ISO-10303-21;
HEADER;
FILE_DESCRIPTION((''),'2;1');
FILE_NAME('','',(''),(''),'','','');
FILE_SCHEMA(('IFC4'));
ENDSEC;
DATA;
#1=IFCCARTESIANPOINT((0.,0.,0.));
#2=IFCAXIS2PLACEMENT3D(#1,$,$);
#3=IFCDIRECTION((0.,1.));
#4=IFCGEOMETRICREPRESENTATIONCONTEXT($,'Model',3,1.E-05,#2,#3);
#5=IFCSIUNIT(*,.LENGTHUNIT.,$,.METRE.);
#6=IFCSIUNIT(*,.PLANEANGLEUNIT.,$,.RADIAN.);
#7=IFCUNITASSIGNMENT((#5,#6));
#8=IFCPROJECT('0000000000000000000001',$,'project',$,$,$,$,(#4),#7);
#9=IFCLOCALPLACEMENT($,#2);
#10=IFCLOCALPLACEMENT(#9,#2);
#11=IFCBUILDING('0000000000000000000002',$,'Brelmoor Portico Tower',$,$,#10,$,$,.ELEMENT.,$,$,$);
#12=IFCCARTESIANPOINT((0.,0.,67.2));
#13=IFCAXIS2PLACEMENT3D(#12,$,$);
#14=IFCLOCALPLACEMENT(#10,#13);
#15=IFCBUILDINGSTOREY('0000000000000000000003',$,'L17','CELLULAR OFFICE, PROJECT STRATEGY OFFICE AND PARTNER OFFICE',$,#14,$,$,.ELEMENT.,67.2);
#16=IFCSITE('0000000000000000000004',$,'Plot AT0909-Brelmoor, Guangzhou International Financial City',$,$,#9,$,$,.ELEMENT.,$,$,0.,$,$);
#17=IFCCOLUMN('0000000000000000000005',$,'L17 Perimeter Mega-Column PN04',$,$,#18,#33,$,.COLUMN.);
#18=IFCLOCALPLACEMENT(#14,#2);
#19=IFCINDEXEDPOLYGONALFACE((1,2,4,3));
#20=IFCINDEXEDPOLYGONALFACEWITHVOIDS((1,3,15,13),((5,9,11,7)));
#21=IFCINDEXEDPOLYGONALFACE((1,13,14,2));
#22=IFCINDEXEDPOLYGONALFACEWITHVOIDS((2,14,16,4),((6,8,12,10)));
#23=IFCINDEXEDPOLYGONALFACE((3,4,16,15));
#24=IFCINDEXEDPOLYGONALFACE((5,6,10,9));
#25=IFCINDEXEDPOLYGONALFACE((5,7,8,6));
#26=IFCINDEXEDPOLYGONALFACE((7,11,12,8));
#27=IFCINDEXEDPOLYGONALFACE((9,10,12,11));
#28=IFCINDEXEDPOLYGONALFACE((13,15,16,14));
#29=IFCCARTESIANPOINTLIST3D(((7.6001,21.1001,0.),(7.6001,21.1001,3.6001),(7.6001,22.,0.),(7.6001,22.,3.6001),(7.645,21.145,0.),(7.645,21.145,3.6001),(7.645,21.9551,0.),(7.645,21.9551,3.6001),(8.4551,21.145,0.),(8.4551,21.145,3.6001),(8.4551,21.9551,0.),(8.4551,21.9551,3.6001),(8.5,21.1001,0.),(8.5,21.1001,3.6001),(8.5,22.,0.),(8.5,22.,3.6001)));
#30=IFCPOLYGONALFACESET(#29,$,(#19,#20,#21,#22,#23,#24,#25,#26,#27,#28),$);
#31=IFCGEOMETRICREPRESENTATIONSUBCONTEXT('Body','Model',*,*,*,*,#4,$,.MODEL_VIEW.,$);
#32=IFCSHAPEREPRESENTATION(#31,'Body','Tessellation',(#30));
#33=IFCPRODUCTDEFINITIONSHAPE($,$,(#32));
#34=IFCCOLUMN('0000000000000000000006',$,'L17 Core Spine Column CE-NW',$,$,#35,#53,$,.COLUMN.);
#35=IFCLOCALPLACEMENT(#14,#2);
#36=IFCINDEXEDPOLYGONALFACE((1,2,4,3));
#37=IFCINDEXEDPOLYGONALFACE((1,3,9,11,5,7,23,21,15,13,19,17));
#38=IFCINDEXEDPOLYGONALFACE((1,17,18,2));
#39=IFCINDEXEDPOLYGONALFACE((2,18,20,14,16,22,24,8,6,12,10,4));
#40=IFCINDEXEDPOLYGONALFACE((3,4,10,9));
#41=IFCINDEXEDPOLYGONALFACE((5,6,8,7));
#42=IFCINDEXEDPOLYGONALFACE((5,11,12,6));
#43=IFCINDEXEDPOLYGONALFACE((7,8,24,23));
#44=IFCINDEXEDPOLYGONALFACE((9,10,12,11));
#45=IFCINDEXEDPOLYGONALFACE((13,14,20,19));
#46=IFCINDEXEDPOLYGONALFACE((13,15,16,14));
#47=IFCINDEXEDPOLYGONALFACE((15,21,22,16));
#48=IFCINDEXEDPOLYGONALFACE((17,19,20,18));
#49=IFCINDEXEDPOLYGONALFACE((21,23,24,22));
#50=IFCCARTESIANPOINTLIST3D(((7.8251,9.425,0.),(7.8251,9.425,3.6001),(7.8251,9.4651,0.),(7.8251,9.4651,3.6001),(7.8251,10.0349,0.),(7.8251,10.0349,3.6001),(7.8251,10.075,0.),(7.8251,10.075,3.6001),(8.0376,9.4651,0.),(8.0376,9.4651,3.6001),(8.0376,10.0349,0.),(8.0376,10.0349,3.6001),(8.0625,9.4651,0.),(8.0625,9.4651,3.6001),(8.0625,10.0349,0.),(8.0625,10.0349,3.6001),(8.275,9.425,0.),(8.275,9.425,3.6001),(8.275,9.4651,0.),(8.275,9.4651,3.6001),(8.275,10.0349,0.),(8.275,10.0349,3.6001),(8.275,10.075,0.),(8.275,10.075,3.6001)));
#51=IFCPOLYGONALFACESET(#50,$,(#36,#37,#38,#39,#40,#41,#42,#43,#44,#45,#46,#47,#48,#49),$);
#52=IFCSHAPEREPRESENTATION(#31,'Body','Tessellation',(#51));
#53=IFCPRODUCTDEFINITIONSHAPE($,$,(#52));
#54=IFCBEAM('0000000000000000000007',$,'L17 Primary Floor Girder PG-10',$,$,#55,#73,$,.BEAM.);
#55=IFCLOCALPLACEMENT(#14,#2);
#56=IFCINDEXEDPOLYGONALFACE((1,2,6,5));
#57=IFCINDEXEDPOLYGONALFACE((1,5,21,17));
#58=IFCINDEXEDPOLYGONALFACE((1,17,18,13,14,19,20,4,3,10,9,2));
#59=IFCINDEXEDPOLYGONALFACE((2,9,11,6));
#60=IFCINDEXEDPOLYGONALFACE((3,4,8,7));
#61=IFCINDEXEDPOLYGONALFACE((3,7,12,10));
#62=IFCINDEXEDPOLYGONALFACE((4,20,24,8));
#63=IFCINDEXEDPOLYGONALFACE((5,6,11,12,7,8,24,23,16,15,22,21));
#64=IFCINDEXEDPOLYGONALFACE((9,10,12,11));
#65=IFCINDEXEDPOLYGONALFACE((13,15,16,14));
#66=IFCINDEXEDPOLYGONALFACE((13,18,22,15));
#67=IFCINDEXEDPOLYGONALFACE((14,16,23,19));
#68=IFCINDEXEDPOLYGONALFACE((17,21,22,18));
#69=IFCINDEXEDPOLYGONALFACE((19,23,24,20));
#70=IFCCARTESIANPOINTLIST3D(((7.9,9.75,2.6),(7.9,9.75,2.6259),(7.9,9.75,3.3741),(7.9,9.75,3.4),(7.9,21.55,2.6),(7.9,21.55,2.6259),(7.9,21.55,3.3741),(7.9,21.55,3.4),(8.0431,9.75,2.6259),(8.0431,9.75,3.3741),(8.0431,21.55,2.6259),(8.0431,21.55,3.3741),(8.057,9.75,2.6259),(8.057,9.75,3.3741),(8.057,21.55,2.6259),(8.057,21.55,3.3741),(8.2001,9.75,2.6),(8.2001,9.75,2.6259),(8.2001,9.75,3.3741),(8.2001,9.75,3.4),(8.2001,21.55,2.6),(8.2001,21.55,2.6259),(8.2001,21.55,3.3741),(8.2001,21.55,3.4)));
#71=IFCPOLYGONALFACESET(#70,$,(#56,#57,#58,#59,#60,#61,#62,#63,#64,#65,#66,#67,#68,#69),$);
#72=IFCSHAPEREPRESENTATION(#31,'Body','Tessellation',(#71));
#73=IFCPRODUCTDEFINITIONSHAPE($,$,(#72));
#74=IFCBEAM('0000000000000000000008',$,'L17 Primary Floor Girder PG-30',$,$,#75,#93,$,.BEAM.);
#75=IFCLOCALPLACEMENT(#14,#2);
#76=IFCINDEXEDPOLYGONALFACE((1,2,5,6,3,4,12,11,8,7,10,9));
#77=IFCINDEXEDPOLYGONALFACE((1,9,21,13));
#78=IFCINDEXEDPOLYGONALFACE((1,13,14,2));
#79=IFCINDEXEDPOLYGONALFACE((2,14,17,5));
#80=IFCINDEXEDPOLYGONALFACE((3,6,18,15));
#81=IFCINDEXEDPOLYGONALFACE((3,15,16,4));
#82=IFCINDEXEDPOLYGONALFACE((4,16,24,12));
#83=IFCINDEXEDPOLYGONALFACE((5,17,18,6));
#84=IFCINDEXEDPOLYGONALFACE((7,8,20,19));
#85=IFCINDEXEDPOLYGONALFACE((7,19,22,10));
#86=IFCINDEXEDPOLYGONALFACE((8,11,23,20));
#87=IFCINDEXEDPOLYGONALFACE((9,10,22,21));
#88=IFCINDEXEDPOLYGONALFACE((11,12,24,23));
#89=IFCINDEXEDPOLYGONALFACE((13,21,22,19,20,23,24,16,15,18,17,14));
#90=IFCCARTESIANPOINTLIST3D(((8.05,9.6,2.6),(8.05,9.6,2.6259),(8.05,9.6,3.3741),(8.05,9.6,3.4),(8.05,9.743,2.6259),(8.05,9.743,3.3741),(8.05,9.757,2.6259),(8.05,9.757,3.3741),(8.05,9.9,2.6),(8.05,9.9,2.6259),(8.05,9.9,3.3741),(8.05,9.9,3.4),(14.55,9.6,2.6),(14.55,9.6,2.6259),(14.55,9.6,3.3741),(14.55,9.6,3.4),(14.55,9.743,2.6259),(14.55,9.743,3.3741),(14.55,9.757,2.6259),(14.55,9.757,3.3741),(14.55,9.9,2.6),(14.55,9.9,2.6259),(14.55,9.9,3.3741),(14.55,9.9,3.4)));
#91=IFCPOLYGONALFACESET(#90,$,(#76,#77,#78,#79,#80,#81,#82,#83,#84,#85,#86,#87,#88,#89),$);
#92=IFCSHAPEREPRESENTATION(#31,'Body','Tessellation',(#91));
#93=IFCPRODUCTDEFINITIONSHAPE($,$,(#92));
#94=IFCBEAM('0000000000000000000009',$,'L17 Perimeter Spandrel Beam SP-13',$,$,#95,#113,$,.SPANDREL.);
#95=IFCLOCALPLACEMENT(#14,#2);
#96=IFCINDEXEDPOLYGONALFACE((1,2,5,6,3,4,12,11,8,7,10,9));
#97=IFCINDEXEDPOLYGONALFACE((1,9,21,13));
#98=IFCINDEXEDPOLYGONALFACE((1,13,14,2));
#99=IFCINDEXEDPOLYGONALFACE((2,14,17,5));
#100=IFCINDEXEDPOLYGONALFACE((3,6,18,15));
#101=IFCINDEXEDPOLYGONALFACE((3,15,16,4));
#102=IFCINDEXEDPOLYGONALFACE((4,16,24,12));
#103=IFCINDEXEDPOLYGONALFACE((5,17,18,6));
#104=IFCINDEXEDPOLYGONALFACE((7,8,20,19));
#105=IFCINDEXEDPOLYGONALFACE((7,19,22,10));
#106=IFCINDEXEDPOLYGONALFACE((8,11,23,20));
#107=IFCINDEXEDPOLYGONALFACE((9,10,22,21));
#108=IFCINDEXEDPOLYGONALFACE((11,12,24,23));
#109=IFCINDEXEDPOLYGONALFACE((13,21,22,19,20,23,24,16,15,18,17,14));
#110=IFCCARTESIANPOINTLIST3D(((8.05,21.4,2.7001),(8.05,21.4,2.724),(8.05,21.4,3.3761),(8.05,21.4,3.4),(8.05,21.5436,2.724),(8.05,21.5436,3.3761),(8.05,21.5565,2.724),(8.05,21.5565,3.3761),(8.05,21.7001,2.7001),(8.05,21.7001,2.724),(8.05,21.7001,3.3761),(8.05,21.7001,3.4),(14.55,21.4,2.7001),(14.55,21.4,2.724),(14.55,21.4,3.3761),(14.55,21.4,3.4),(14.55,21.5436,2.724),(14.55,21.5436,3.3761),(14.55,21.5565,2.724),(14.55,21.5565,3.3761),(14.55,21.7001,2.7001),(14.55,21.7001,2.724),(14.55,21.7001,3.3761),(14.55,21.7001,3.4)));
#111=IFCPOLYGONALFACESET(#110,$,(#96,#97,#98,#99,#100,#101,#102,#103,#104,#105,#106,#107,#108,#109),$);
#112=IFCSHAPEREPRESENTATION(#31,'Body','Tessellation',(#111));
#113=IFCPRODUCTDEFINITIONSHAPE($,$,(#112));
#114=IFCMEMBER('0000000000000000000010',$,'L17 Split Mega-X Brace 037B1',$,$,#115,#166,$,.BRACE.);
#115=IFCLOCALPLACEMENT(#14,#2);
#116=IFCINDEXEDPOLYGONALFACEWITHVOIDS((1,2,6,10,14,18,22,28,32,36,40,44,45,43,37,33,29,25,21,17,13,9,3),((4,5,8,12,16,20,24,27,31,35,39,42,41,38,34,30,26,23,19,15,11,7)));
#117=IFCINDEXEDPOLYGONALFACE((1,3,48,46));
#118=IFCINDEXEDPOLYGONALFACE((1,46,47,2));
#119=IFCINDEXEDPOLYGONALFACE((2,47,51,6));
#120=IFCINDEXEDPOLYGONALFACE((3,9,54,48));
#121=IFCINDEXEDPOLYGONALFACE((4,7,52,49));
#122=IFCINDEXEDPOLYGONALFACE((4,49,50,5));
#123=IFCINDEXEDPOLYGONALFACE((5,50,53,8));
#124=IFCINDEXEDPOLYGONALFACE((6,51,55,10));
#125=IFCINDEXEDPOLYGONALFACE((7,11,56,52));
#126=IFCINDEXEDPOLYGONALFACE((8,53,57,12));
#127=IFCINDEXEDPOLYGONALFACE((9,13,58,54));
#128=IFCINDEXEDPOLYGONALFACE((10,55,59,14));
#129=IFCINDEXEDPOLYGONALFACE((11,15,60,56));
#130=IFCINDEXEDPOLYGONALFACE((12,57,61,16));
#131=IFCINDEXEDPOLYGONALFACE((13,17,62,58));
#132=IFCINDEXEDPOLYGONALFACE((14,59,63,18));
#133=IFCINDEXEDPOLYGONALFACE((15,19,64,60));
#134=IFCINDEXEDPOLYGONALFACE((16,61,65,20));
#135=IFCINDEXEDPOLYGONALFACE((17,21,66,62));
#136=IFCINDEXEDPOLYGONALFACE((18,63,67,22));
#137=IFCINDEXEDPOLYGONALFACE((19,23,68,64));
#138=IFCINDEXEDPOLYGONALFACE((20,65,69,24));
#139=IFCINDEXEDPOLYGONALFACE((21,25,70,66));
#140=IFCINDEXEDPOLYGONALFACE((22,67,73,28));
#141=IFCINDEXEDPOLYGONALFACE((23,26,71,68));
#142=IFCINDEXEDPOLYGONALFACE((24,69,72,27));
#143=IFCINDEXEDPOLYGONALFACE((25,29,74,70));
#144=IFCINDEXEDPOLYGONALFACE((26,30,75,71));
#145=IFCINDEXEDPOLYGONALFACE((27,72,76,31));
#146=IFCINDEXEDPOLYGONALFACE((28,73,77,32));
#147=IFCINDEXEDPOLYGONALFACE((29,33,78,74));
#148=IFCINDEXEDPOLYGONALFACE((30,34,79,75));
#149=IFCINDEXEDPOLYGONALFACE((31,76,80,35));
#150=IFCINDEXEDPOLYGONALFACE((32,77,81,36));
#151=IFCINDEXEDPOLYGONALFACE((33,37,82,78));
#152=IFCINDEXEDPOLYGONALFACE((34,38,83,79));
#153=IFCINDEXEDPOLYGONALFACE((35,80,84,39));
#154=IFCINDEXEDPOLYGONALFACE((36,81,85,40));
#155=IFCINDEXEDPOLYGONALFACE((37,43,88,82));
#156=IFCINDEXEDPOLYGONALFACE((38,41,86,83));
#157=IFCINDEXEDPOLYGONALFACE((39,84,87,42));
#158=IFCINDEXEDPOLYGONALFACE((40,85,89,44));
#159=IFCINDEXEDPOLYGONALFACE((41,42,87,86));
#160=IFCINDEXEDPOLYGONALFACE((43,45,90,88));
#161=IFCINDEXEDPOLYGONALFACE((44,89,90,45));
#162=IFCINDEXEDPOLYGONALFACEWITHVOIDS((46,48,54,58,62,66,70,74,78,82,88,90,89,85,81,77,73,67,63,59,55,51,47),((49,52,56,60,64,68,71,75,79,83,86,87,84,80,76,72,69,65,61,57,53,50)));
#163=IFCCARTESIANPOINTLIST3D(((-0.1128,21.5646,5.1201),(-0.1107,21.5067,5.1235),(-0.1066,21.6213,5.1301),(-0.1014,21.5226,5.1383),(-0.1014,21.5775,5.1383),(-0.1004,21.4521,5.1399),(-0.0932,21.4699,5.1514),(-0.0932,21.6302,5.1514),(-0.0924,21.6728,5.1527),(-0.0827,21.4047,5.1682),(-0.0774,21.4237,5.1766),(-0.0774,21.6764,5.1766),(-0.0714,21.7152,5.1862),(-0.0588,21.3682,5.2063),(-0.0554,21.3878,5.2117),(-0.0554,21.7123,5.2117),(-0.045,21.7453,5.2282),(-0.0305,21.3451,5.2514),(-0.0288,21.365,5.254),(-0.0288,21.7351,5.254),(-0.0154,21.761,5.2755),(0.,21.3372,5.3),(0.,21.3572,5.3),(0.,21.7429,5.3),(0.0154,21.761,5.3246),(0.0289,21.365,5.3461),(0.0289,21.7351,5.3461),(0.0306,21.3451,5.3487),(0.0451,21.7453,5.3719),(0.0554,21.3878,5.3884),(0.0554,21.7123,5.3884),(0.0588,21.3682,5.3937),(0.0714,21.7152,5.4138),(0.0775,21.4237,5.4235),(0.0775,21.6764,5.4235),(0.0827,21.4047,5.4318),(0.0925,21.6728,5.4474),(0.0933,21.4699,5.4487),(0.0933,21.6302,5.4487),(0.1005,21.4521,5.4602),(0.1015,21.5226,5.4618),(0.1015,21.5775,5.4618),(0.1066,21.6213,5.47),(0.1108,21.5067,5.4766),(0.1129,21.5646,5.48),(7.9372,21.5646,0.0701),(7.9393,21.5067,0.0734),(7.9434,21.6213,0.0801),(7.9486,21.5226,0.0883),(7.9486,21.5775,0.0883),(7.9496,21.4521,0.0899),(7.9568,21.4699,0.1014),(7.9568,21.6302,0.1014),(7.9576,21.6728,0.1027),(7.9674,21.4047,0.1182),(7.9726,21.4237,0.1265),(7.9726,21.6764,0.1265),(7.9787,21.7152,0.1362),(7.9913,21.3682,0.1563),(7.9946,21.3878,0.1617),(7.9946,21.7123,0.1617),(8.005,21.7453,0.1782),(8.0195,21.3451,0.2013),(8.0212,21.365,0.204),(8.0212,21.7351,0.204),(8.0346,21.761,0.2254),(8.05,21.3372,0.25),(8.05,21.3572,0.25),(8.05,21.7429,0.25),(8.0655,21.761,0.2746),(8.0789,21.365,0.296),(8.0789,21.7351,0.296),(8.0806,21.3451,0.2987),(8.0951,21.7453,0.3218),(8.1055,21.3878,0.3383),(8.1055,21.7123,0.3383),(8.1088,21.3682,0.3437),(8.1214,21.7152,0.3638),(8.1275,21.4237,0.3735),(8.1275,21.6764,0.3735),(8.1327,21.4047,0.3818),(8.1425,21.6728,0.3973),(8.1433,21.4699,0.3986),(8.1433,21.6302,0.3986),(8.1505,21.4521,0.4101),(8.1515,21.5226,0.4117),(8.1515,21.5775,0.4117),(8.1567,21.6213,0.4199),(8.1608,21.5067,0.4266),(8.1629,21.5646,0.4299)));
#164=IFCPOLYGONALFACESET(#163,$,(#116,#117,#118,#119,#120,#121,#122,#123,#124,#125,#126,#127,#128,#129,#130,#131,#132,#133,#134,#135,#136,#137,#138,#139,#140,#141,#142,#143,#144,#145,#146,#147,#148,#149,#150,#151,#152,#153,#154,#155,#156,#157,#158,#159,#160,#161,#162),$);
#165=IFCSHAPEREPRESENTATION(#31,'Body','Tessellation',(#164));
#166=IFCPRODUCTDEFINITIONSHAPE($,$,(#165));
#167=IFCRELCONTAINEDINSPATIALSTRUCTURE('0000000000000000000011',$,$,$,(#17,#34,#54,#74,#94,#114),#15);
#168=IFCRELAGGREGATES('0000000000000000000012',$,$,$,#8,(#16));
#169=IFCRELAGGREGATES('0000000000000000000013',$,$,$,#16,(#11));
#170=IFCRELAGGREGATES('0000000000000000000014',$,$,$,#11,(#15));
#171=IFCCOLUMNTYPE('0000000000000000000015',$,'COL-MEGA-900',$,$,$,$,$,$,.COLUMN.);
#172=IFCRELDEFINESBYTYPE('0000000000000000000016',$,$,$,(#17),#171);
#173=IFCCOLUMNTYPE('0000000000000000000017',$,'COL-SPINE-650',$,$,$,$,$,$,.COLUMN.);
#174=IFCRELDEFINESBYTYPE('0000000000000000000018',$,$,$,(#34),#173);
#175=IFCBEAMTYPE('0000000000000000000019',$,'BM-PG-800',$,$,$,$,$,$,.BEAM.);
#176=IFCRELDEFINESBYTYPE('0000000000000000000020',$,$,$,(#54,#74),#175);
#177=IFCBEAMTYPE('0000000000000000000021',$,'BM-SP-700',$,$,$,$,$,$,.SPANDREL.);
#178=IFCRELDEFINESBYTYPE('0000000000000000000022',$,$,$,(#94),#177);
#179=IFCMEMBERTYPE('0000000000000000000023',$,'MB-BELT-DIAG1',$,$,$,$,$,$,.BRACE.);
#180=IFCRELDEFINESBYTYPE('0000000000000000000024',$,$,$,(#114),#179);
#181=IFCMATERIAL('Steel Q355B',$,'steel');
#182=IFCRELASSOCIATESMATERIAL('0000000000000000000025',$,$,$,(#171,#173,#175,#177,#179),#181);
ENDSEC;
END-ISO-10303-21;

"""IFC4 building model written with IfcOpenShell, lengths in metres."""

from ifc_helpers import new_model, si_unit, direction, frame, origin, origin_2d, place, context, subcontext, project, spatial, hollow_rectangle, hollow_circle, i_section, extrude, material, material_profile, profile_set, type_object, element, save


model = new_model("IFC4")

# Units and contexts
model_context = context("Model", 3, precision=1e-05, world=origin(), true_north=direction((0.0, 1.0)))
body_context = subcontext(model_context, "Body", "Model", "MODEL_VIEW")
ifc_project = project(units=[si_unit("LENGTHUNIT", "METRE"), si_unit("PLANEANGLEUNIT", "RADIAN")], contexts=[model_context])

# Site, building, storey
site_placement = place(None, origin())
site = spatial("IfcSite", under=ifc_project, at=site_placement, Name="Plot AT0909-Brelmoor, Guangzhou International Financial City", CompositionType="ELEMENT", RefElevation=0.0)
building_placement = place(site_placement, origin())
building = spatial("IfcBuilding", under=site, at=building_placement, Name="Brelmoor Portico Tower", CompositionType="ELEMENT")
storey_placement = place(building_placement, frame((0.0, 0.0, 67.2)))
storey = spatial("IfcBuildingStorey", under=building, at=storey_placement, Name="L17", Description="CELLULAR OFFICE, PROJECT STRATEGY OFFICE AND PARTNER OFFICE", CompositionType="ELEMENT", Elevation=67.2)

# Columns
ifc_material_1 = material(Name="Steel Q355B", Category="steel")
ifc_material_profile_1 = material_profile(ifc_material_1, hollow_rectangle(XDim=0.8999, YDim=0.8999, WallThickness=0.0449, at=origin_2d()), Name="BOX 900x900x45")
ifc_profile_set_1 = profile_set([ifc_material_profile_1], Name="Steel Q355B")
column_type_1 = type_object("IfcColumnType", Name="COL-MEGA-900", PredefinedType="COLUMN", material=ifc_profile_set_1)
column_1_placement = place(storey_placement, frame((8.05, 21.55, 0.0), z_axis=(0.0, 0.0, 1.0), x_axis=(1.0, 0.0, 0.0)))
element("IfcColumn", 1, at=column_1_placement, inside=storey, type_object=column_type_1, Name="L17 Perimeter Mega-Column PN04", PredefinedType="COLUMN", context=body_context, shape_type="SweptSolid", body=[
    extrude(hollow_rectangle(XDim=0.8999, YDim=0.8999, WallThickness=0.0449, at=origin_2d()), origin(), (0.0, 0.0, 1.0), 3.6001),
])
ifc_material_profile_2 = material_profile(ifc_material_1, i_section(OverallWidth=0.45, OverallDepth=0.6499, WebThickness=0.0249, FlangeThickness=0.04, at=origin_2d()), Name="HW 650x450x25x40")
ifc_profile_set_2 = profile_set([ifc_material_profile_2], Name="Steel Q355B")
column_type_2 = type_object("IfcColumnType", Name="COL-SPINE-650", PredefinedType="COLUMN", material=ifc_profile_set_2)
column_2_placement = place(storey_placement, frame((8.05, 9.75, 0.0), z_axis=(0.0, 0.0, 1.0), x_axis=(1.0, 0.0, 0.0)))
element("IfcColumn", 2, at=column_2_placement, inside=storey, type_object=column_type_2, Name="L17 Core Spine Column CE-NW", PredefinedType="COLUMN", context=body_context, shape_type="SweptSolid", body=[
    extrude(i_section(OverallWidth=0.45, OverallDepth=0.6499, WebThickness=0.0249, FlangeThickness=0.04, at=origin_2d()), origin(), (0.0, 0.0, 1.0), 3.6001),
])

# Beams
ifc_material_profile_3 = material_profile(ifc_material_1, i_section(OverallWidth=0.3, OverallDepth=0.8, WebThickness=0.0139, FlangeThickness=0.0259, at=origin_2d()), Name="HN 800x300x14x26")
ifc_profile_set_3 = profile_set([ifc_material_profile_3], Name="Steel Q355B")
beam_type_1 = type_object("IfcBeamType", Name="BM-PG-800", PredefinedType="BEAM", material=ifc_profile_set_3)
beam_1_placement = place(storey_placement, frame((8.05, 9.75, 3.0), z_axis=(0.0, 1.0, 0.0), x_axis=(-1.0, 0.0, 0.0)))
element("IfcBeam", 3, at=beam_1_placement, inside=storey, type_object=beam_type_1, Name="L17 Primary Floor Girder PG-10", PredefinedType="BEAM", context=body_context, shape_type="SweptSolid", body=[
    extrude(i_section(OverallWidth=0.3, OverallDepth=0.8, WebThickness=0.0139, FlangeThickness=0.0259, at=origin_2d()), origin(), (0.0, 0.0, 1.0), 11.8),
])
beam_2_placement = place(storey_placement, frame((8.05, 9.75, 3.0), z_axis=(1.0, 0.0, 0.0), x_axis=(0.0, 1.0, 0.0)))
element("IfcBeam", 4, at=beam_2_placement, inside=storey, type_object=beam_type_1, Name="L17 Primary Floor Girder PG-30", PredefinedType="BEAM", context=body_context, shape_type="SweptSolid", body=[
    extrude(i_section(OverallWidth=0.3, OverallDepth=0.8, WebThickness=0.0139, FlangeThickness=0.0259, at=origin_2d()), origin(), (0.0, 0.0, 1.0), 6.5),
])
ifc_material_profile_4 = material_profile(ifc_material_1, i_section(OverallWidth=0.3, OverallDepth=0.7, WebThickness=0.0129, FlangeThickness=0.0239, at=origin_2d()), Name="HN 700x300x13x24")
ifc_profile_set_4 = profile_set([ifc_material_profile_4], Name="Steel Q355B")
beam_type_2 = type_object("IfcBeamType", Name="BM-SP-700", PredefinedType="SPANDREL", material=ifc_profile_set_4)
beam_3_placement = place(storey_placement, frame((8.05, 21.55, 3.05), z_axis=(1.0, 0.0, 0.0), x_axis=(0.0, 1.0, 0.0)))
element("IfcBeam", 5, at=beam_3_placement, inside=storey, type_object=beam_type_2, Name="L17 Perimeter Spandrel Beam SP-13", PredefinedType="SPANDREL", context=body_context, shape_type="SweptSolid", body=[
    extrude(i_section(OverallWidth=0.3, OverallDepth=0.7, WebThickness=0.0129, FlangeThickness=0.0239, at=origin_2d()), origin(), (0.0, 0.0, 1.0), 6.5),
])

# Member
ifc_material_profile_5 = material_profile(ifc_material_1, hollow_circle(Radius=0.2129, WallThickness=0.02, at=origin_2d()), Name="CHS 426x20")
ifc_profile_set_5 = profile_set([ifc_material_profile_5], Name="Steel Q355B")
member_type_1 = type_object("IfcMemberType", Name="MB-BELT-DIAG1", PredefinedType="BRACE", material=ifc_profile_set_5)
for number, where, z_axis, x_axis, name in (
    (6, (8.05, 21.55, 0.25), (-0.847109, 0.0, 0.531418), (0.0, -1.0, 0.0), "L17 Split Mega-X Brace 037B1"),
):
    element("IfcMember", number, at=place(storey_placement, frame(where, z_axis=z_axis, x_axis=x_axis)), inside=storey, type_object=member_type_1, Name=name, PredefinedType="BRACE", context=body_context, shape_type="SweptSolid", body=[
        extrude(hollow_circle(Radius=0.2129, WallThickness=0.02, at=origin_2d()), origin(), (0.0, 0.0, 1.0), 9.5029),
    ])

save(model, "model.ifc")
